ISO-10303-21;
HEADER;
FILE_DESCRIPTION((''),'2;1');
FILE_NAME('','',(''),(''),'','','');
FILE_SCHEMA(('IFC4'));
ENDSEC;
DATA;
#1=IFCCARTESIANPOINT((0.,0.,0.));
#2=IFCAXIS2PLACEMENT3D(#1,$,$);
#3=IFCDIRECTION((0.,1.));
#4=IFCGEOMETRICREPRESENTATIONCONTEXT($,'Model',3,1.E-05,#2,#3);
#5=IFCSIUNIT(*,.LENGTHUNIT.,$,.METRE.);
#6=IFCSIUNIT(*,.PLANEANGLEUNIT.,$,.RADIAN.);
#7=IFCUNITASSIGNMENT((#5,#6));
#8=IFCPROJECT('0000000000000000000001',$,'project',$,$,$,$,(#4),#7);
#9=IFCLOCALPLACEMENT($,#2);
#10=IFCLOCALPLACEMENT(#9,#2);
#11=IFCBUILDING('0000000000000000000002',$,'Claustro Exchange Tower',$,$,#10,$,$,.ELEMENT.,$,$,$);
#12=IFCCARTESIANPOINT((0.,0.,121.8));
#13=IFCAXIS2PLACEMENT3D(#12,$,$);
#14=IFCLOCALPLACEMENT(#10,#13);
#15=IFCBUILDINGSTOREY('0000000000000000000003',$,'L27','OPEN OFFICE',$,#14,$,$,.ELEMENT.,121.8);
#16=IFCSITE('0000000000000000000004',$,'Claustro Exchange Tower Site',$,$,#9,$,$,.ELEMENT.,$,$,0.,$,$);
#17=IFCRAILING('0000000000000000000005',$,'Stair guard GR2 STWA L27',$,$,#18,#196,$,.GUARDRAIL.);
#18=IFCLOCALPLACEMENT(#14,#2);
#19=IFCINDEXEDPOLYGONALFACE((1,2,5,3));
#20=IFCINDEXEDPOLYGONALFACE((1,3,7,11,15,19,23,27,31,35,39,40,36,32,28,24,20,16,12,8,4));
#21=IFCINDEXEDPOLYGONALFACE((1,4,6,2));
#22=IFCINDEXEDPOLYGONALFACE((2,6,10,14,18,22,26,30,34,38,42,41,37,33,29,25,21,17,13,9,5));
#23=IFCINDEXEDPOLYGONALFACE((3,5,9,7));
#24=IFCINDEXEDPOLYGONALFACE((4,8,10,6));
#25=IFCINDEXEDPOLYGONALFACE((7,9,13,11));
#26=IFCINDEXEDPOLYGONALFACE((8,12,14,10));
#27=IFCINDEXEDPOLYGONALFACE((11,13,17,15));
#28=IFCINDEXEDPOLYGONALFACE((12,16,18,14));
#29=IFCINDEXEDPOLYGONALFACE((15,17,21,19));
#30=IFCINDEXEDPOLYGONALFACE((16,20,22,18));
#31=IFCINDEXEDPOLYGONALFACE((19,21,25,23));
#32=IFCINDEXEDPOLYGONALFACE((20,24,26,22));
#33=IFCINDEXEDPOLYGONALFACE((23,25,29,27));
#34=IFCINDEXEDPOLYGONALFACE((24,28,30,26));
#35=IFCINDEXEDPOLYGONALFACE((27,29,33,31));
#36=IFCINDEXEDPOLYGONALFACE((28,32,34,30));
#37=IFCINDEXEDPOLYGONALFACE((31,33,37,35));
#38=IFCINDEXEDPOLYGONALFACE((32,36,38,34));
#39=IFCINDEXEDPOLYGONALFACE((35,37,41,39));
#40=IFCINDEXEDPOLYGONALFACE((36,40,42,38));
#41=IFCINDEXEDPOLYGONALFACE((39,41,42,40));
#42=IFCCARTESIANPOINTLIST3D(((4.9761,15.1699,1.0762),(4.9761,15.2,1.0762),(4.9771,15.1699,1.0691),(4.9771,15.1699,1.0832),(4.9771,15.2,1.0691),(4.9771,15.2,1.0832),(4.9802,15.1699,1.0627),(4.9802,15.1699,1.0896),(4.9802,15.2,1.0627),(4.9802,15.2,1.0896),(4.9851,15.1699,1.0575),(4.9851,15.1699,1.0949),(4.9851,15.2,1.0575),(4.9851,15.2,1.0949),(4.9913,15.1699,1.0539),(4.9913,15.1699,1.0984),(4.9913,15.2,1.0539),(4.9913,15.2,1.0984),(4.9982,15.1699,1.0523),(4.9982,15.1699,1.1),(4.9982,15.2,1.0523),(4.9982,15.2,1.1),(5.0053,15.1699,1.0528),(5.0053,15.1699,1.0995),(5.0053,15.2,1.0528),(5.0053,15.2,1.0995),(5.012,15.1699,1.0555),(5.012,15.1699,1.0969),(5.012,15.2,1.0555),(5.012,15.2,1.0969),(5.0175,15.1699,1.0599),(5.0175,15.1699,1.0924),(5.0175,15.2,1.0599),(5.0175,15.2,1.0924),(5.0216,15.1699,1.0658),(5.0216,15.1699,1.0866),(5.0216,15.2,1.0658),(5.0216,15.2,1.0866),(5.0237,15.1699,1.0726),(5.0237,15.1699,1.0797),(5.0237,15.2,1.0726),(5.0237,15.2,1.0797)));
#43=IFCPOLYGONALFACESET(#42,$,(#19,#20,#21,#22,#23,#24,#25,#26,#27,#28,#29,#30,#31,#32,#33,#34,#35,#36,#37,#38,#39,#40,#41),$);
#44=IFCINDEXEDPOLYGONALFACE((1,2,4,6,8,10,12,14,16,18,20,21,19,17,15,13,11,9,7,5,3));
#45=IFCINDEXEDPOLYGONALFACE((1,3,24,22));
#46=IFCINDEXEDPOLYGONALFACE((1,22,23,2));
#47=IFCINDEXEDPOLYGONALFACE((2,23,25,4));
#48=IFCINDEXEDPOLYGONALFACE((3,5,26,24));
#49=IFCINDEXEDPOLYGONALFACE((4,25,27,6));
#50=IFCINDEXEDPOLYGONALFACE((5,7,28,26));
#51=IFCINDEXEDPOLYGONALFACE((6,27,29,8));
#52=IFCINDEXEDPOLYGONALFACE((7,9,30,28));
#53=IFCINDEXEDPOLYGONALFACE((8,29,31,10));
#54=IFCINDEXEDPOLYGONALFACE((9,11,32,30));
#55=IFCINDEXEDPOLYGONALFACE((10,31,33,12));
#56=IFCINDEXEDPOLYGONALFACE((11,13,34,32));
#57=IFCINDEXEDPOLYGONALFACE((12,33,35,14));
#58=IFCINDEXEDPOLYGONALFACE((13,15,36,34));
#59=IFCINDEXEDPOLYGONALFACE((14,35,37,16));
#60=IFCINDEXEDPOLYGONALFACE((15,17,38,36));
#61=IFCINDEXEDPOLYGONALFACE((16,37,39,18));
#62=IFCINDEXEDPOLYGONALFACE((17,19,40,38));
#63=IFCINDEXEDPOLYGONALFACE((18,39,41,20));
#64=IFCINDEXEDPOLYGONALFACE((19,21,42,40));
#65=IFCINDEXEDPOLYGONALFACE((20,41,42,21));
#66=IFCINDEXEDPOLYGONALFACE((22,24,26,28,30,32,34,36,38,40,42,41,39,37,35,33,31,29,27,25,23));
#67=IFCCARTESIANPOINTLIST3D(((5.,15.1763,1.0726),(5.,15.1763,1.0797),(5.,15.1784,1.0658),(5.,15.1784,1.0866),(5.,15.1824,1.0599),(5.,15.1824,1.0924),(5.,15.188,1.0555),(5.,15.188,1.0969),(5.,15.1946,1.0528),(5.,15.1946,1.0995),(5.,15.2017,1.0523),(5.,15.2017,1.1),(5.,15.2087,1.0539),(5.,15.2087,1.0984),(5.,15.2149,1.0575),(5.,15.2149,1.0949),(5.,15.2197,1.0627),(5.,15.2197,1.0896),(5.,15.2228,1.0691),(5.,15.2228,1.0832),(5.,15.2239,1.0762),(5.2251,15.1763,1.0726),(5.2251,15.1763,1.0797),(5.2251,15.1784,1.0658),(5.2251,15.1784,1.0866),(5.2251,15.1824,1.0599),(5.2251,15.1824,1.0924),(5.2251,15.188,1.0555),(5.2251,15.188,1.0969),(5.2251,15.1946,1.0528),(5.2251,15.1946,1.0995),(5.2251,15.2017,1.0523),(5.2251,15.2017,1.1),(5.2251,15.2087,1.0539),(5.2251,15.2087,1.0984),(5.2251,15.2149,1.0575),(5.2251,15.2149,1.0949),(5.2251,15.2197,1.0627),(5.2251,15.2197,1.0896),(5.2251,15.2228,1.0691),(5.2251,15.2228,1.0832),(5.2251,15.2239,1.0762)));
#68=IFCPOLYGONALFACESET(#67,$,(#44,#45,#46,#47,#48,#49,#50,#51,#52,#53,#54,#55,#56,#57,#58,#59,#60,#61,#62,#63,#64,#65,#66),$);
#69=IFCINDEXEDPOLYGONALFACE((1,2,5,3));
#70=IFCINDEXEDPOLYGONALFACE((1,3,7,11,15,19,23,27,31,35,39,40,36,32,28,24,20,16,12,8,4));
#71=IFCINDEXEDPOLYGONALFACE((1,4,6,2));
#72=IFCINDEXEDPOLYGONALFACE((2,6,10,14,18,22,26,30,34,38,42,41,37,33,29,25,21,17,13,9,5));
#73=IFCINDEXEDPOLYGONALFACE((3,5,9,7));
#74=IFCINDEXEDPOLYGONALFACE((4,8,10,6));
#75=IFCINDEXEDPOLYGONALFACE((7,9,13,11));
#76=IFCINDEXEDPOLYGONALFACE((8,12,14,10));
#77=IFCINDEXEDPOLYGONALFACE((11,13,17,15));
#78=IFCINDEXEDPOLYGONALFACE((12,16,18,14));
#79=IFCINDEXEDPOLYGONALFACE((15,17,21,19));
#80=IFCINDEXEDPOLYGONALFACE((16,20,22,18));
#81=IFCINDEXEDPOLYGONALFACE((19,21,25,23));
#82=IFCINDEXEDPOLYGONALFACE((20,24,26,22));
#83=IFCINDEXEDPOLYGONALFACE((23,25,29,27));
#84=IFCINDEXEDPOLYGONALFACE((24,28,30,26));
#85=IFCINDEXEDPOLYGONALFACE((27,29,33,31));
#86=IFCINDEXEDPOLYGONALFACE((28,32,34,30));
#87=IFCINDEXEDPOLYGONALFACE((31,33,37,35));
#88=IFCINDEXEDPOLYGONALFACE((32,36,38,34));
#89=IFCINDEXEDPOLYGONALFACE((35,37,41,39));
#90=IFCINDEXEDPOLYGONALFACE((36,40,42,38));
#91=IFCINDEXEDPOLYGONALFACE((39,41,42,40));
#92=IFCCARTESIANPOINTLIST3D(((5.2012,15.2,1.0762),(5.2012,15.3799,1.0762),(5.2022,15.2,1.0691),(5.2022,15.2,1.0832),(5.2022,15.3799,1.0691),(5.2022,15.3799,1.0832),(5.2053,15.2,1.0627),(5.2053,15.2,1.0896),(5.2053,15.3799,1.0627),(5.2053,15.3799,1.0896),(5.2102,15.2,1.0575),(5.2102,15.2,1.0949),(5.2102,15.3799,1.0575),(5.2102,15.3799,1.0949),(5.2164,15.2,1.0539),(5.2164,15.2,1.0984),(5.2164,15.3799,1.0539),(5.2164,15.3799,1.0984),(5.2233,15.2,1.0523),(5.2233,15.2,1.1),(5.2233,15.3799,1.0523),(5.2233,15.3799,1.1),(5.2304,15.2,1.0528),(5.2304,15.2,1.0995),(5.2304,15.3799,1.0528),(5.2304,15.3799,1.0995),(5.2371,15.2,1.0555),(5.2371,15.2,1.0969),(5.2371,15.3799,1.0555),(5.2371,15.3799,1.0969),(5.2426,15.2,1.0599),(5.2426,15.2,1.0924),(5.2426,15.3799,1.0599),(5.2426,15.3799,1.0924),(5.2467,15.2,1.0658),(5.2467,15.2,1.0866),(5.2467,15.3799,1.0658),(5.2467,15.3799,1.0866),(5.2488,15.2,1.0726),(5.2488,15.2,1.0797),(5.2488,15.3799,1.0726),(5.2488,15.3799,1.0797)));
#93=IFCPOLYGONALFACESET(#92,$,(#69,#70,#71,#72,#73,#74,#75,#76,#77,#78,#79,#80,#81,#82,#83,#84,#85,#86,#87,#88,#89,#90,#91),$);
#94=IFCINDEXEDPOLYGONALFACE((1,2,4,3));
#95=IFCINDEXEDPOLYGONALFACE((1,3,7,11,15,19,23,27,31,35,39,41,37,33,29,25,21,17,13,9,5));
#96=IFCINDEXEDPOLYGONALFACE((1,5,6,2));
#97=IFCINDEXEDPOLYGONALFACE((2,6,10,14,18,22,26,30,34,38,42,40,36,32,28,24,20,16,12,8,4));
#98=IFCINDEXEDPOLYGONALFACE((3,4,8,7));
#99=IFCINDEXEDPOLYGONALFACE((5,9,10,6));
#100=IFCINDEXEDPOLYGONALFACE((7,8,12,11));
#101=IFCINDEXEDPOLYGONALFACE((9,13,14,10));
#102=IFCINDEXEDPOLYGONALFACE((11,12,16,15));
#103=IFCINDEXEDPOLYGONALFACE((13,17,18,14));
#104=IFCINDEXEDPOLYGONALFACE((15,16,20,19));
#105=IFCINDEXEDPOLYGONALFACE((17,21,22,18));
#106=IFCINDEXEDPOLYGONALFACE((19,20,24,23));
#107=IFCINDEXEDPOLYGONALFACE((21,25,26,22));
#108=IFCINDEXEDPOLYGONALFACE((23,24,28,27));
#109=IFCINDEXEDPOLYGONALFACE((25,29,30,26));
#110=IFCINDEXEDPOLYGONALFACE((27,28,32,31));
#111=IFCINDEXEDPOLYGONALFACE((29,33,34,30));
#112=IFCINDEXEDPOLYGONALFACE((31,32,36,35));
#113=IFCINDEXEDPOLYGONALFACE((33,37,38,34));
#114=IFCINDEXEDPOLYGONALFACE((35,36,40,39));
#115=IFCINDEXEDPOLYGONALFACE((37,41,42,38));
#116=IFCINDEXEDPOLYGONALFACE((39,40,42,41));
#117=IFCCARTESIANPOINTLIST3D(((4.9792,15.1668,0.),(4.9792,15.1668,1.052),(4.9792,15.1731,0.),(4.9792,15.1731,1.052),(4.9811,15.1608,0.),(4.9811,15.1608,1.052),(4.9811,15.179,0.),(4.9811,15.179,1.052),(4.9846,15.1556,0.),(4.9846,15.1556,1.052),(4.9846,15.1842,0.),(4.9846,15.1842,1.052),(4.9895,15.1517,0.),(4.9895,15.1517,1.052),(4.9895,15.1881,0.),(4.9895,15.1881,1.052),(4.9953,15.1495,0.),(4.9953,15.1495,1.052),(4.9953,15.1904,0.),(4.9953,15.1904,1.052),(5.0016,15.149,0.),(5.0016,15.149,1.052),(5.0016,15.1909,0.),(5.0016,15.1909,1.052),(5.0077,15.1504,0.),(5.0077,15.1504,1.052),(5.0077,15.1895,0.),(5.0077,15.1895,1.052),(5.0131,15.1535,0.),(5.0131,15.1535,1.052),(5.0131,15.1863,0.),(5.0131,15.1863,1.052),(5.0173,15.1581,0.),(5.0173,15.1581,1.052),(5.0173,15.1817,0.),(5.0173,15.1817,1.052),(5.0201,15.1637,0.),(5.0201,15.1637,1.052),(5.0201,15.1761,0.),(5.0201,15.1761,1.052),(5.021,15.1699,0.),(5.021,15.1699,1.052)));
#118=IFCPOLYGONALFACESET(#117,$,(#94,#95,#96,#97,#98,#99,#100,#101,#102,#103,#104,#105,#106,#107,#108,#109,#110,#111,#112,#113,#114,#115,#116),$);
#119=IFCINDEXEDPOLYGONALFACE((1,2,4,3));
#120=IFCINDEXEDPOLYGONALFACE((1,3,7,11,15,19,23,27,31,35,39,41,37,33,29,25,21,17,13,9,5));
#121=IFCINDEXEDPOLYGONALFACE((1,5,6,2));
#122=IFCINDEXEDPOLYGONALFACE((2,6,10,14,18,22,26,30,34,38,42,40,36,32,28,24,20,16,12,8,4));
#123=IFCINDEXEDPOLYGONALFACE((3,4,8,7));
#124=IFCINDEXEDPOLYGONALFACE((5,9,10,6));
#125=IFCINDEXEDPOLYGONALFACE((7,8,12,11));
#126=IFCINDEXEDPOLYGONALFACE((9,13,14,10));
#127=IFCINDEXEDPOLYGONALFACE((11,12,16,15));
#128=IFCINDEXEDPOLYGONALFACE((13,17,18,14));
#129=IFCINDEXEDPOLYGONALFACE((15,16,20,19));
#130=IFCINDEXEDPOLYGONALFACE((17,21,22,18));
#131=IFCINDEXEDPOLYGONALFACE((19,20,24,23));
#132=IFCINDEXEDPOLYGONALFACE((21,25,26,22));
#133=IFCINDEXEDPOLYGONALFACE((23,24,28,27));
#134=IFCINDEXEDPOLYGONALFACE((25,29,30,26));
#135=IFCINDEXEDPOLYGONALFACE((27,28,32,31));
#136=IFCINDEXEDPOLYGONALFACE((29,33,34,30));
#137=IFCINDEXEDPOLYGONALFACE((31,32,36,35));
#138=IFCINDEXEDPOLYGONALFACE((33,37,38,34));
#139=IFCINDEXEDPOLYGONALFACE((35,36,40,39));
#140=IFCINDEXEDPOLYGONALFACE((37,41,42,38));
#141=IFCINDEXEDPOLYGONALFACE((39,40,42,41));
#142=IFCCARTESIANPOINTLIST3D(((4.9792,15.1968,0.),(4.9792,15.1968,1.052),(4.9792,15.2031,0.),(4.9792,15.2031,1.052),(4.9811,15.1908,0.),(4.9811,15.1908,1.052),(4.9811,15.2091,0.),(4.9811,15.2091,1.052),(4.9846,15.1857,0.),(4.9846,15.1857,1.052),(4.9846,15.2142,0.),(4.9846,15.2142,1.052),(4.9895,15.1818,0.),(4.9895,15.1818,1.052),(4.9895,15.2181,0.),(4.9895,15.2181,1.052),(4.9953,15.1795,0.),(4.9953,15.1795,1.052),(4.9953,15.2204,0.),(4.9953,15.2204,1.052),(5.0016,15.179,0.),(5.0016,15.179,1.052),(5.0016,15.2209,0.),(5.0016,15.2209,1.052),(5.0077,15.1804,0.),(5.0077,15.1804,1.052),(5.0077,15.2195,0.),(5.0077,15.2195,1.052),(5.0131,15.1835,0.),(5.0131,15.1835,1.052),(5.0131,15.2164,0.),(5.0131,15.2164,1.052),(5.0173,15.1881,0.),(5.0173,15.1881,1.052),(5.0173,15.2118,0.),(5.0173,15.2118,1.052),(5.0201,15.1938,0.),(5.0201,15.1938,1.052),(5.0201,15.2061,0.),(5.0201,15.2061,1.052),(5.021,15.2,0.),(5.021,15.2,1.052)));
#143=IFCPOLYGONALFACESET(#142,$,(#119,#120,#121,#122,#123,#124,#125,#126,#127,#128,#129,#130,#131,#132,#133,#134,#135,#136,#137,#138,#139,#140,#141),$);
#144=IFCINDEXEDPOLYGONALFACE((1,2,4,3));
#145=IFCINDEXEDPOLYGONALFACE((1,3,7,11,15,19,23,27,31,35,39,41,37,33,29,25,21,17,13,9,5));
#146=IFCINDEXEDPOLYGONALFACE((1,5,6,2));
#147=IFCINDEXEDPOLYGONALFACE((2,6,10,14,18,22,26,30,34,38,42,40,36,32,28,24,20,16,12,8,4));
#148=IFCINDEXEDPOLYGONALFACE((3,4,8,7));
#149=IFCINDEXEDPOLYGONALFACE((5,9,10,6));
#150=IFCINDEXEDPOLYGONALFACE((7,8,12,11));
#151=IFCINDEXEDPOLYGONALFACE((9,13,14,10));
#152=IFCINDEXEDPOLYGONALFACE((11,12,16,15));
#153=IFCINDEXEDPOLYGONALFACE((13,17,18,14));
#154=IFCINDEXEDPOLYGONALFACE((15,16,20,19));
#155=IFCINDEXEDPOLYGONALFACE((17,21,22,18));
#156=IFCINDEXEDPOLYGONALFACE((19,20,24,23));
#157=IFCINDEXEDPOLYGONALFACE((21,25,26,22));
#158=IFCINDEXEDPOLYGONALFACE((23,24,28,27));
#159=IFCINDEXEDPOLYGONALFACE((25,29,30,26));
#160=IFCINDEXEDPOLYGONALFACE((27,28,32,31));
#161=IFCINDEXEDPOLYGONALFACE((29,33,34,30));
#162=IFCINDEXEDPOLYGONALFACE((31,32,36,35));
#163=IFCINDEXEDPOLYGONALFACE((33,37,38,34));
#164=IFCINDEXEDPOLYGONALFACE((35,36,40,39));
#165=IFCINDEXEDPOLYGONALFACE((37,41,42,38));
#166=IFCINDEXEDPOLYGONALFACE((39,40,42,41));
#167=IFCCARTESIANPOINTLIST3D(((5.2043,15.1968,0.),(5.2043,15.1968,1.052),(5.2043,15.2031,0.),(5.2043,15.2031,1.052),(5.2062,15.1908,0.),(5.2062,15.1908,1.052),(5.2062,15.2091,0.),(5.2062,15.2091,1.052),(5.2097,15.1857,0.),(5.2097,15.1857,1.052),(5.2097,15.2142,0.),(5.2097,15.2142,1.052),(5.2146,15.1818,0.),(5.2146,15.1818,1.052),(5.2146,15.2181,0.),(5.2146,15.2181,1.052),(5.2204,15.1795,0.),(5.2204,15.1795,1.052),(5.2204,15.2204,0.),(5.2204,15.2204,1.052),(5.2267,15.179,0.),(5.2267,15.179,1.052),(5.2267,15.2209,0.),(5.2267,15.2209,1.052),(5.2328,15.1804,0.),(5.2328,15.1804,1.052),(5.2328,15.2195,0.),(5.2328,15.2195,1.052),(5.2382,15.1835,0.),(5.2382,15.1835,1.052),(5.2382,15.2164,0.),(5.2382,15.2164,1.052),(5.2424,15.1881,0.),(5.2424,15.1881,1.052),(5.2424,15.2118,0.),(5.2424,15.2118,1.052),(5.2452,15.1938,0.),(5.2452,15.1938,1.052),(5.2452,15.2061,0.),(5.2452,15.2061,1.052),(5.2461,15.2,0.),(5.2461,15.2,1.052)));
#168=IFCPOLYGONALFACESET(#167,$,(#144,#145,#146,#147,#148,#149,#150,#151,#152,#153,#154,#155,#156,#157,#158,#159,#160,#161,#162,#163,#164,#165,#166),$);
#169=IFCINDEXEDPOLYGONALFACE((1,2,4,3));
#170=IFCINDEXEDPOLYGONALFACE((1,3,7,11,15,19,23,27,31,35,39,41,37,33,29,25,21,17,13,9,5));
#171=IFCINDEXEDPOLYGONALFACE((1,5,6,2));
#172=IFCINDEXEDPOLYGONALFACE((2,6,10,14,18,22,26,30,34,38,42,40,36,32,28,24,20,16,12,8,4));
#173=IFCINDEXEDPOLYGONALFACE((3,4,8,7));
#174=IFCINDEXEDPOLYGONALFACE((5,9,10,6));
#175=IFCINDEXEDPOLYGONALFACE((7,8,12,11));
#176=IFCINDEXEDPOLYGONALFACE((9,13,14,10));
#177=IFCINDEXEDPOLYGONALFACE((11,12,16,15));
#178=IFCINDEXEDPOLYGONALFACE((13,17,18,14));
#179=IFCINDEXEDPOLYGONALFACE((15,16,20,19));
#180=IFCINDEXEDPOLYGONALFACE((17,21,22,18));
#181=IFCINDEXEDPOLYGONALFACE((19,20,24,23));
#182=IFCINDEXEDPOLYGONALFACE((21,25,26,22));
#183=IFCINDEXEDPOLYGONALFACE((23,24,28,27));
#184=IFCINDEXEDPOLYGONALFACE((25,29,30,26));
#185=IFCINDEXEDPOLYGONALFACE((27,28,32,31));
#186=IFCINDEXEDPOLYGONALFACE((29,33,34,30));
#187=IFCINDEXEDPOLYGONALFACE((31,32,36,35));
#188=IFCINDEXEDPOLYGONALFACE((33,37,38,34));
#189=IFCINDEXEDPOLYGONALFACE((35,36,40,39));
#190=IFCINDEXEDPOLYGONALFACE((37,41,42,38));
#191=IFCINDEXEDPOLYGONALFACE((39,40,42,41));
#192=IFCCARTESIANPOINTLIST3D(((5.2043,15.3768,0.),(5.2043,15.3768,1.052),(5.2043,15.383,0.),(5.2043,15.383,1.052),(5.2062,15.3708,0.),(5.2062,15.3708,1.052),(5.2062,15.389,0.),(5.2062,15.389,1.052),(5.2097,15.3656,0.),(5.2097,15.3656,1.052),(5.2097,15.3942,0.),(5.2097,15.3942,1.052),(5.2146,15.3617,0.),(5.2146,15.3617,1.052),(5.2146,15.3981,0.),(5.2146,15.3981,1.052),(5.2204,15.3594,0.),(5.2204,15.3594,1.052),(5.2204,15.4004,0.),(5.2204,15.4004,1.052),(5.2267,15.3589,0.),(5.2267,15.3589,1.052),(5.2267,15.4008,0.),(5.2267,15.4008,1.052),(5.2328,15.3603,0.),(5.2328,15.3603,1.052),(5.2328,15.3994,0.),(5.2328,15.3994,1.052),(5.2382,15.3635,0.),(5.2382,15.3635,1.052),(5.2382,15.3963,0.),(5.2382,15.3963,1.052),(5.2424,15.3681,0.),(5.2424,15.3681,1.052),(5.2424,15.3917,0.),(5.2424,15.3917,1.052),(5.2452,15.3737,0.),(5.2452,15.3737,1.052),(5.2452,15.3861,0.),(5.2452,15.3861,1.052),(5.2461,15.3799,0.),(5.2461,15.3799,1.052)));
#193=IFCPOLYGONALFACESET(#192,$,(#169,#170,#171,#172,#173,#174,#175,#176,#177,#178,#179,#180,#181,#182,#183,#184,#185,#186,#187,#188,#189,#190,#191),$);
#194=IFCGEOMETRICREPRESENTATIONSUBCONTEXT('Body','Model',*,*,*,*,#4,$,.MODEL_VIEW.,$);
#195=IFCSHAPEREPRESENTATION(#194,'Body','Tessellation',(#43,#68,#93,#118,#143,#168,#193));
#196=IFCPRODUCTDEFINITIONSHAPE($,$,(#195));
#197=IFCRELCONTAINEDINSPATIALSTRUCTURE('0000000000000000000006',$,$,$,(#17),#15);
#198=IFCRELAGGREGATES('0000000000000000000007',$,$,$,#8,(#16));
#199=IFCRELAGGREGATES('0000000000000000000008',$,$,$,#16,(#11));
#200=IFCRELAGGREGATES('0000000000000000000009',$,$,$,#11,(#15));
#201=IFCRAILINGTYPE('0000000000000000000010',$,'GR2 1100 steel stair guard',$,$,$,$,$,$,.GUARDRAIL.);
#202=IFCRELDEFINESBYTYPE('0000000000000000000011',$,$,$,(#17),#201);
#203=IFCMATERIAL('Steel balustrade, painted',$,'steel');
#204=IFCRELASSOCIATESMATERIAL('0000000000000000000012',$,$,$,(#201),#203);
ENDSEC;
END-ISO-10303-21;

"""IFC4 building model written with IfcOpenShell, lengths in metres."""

from ifc_helpers import new_model, si_unit, direction, frame, origin, origin_2d, place, context, subcontext, project, spatial, circle, extrude, material, type_object, element, save


model = new_model("IFC4")

# Units and contexts
model_context = context("Model", 3, precision=1e-05, world=origin(), true_north=direction((0.0, 1.0)))
body_context = subcontext(model_context, "Body", "Model", "MODEL_VIEW")
ifc_project = project(units=[si_unit("LENGTHUNIT", "METRE"), si_unit("PLANEANGLEUNIT", "RADIAN")], contexts=[model_context])

# Site, building, storey
site_placement = place(None, origin())
site = spatial("IfcSite", under=ifc_project, at=site_placement, Name="Claustro Exchange Tower Site", CompositionType="ELEMENT", RefElevation=0.0)
building_placement = place(site_placement, origin())
building = spatial("IfcBuilding", under=site, at=building_placement, Name="Claustro Exchange Tower", CompositionType="ELEMENT")
storey_placement = place(building_placement, frame((0.0, 0.0, 121.8)))
storey = spatial("IfcBuildingStorey", under=building, at=storey_placement, Name="L27", Description="OPEN OFFICE", CompositionType="ELEMENT", Elevation=121.8)

# Railing
ifc_material_1 = material(Name="Steel balustrade, painted", Category="steel")
railing_type_1 = type_object("IfcRailingType", Name="GR2 1100 steel stair guard", PredefinedType="GUARDRAIL", material=ifc_material_1)
railing_1_placement = place(storey_placement, frame((5.0, 15.1699, 0.0)))
element("IfcRailing", 1, at=railing_1_placement, inside=storey, type_object=railing_type_1, Name="Stair guard GR2 STWA L27", PredefinedType="GUARDRAIL", context=body_context, shape_type="SweptSolid", body=[
    extrude(circle(Radius=0.0239, at=origin_2d()), frame((0.0, 0.0, 1.0762), z_axis=(0.0, 1.0, 0.0), x_axis=(-1.0, 0.0, 0.0)), (0.0, 0.0, 1.0), 0.03),
    extrude(circle(Radius=0.0239, at=origin_2d()), frame((0.0, 0.03, 1.0762), z_axis=(1.0, 0.0, 0.0), x_axis=(0.0, 1.0, 0.0)), (0.0, 0.0, 1.0), 0.2251),
    extrude(circle(Radius=0.0239, at=origin_2d()), frame((0.2251, 0.03, 1.0762), z_axis=(0.0, 1.0, 0.0), x_axis=(-1.0, 0.0, 0.0)), (0.0, 0.0, 1.0), 0.1799),
    extrude(circle(Radius=0.021, at=origin_2d()), origin(), (0.0, 0.0, 1.0), 1.052),
    extrude(circle(Radius=0.021, at=origin_2d()), frame((0.0, 0.03, 0.0)), (0.0, 0.0, 1.0), 1.052),
    extrude(circle(Radius=0.021, at=origin_2d()), frame((0.2251, 0.03, 0.0)), (0.0, 0.0, 1.0), 1.052),
    extrude(circle(Radius=0.021, at=origin_2d()), frame((0.2251, 0.21, 0.0)), (0.0, 0.0, 1.0), 1.052),
])

save(model, "model.ifc")
